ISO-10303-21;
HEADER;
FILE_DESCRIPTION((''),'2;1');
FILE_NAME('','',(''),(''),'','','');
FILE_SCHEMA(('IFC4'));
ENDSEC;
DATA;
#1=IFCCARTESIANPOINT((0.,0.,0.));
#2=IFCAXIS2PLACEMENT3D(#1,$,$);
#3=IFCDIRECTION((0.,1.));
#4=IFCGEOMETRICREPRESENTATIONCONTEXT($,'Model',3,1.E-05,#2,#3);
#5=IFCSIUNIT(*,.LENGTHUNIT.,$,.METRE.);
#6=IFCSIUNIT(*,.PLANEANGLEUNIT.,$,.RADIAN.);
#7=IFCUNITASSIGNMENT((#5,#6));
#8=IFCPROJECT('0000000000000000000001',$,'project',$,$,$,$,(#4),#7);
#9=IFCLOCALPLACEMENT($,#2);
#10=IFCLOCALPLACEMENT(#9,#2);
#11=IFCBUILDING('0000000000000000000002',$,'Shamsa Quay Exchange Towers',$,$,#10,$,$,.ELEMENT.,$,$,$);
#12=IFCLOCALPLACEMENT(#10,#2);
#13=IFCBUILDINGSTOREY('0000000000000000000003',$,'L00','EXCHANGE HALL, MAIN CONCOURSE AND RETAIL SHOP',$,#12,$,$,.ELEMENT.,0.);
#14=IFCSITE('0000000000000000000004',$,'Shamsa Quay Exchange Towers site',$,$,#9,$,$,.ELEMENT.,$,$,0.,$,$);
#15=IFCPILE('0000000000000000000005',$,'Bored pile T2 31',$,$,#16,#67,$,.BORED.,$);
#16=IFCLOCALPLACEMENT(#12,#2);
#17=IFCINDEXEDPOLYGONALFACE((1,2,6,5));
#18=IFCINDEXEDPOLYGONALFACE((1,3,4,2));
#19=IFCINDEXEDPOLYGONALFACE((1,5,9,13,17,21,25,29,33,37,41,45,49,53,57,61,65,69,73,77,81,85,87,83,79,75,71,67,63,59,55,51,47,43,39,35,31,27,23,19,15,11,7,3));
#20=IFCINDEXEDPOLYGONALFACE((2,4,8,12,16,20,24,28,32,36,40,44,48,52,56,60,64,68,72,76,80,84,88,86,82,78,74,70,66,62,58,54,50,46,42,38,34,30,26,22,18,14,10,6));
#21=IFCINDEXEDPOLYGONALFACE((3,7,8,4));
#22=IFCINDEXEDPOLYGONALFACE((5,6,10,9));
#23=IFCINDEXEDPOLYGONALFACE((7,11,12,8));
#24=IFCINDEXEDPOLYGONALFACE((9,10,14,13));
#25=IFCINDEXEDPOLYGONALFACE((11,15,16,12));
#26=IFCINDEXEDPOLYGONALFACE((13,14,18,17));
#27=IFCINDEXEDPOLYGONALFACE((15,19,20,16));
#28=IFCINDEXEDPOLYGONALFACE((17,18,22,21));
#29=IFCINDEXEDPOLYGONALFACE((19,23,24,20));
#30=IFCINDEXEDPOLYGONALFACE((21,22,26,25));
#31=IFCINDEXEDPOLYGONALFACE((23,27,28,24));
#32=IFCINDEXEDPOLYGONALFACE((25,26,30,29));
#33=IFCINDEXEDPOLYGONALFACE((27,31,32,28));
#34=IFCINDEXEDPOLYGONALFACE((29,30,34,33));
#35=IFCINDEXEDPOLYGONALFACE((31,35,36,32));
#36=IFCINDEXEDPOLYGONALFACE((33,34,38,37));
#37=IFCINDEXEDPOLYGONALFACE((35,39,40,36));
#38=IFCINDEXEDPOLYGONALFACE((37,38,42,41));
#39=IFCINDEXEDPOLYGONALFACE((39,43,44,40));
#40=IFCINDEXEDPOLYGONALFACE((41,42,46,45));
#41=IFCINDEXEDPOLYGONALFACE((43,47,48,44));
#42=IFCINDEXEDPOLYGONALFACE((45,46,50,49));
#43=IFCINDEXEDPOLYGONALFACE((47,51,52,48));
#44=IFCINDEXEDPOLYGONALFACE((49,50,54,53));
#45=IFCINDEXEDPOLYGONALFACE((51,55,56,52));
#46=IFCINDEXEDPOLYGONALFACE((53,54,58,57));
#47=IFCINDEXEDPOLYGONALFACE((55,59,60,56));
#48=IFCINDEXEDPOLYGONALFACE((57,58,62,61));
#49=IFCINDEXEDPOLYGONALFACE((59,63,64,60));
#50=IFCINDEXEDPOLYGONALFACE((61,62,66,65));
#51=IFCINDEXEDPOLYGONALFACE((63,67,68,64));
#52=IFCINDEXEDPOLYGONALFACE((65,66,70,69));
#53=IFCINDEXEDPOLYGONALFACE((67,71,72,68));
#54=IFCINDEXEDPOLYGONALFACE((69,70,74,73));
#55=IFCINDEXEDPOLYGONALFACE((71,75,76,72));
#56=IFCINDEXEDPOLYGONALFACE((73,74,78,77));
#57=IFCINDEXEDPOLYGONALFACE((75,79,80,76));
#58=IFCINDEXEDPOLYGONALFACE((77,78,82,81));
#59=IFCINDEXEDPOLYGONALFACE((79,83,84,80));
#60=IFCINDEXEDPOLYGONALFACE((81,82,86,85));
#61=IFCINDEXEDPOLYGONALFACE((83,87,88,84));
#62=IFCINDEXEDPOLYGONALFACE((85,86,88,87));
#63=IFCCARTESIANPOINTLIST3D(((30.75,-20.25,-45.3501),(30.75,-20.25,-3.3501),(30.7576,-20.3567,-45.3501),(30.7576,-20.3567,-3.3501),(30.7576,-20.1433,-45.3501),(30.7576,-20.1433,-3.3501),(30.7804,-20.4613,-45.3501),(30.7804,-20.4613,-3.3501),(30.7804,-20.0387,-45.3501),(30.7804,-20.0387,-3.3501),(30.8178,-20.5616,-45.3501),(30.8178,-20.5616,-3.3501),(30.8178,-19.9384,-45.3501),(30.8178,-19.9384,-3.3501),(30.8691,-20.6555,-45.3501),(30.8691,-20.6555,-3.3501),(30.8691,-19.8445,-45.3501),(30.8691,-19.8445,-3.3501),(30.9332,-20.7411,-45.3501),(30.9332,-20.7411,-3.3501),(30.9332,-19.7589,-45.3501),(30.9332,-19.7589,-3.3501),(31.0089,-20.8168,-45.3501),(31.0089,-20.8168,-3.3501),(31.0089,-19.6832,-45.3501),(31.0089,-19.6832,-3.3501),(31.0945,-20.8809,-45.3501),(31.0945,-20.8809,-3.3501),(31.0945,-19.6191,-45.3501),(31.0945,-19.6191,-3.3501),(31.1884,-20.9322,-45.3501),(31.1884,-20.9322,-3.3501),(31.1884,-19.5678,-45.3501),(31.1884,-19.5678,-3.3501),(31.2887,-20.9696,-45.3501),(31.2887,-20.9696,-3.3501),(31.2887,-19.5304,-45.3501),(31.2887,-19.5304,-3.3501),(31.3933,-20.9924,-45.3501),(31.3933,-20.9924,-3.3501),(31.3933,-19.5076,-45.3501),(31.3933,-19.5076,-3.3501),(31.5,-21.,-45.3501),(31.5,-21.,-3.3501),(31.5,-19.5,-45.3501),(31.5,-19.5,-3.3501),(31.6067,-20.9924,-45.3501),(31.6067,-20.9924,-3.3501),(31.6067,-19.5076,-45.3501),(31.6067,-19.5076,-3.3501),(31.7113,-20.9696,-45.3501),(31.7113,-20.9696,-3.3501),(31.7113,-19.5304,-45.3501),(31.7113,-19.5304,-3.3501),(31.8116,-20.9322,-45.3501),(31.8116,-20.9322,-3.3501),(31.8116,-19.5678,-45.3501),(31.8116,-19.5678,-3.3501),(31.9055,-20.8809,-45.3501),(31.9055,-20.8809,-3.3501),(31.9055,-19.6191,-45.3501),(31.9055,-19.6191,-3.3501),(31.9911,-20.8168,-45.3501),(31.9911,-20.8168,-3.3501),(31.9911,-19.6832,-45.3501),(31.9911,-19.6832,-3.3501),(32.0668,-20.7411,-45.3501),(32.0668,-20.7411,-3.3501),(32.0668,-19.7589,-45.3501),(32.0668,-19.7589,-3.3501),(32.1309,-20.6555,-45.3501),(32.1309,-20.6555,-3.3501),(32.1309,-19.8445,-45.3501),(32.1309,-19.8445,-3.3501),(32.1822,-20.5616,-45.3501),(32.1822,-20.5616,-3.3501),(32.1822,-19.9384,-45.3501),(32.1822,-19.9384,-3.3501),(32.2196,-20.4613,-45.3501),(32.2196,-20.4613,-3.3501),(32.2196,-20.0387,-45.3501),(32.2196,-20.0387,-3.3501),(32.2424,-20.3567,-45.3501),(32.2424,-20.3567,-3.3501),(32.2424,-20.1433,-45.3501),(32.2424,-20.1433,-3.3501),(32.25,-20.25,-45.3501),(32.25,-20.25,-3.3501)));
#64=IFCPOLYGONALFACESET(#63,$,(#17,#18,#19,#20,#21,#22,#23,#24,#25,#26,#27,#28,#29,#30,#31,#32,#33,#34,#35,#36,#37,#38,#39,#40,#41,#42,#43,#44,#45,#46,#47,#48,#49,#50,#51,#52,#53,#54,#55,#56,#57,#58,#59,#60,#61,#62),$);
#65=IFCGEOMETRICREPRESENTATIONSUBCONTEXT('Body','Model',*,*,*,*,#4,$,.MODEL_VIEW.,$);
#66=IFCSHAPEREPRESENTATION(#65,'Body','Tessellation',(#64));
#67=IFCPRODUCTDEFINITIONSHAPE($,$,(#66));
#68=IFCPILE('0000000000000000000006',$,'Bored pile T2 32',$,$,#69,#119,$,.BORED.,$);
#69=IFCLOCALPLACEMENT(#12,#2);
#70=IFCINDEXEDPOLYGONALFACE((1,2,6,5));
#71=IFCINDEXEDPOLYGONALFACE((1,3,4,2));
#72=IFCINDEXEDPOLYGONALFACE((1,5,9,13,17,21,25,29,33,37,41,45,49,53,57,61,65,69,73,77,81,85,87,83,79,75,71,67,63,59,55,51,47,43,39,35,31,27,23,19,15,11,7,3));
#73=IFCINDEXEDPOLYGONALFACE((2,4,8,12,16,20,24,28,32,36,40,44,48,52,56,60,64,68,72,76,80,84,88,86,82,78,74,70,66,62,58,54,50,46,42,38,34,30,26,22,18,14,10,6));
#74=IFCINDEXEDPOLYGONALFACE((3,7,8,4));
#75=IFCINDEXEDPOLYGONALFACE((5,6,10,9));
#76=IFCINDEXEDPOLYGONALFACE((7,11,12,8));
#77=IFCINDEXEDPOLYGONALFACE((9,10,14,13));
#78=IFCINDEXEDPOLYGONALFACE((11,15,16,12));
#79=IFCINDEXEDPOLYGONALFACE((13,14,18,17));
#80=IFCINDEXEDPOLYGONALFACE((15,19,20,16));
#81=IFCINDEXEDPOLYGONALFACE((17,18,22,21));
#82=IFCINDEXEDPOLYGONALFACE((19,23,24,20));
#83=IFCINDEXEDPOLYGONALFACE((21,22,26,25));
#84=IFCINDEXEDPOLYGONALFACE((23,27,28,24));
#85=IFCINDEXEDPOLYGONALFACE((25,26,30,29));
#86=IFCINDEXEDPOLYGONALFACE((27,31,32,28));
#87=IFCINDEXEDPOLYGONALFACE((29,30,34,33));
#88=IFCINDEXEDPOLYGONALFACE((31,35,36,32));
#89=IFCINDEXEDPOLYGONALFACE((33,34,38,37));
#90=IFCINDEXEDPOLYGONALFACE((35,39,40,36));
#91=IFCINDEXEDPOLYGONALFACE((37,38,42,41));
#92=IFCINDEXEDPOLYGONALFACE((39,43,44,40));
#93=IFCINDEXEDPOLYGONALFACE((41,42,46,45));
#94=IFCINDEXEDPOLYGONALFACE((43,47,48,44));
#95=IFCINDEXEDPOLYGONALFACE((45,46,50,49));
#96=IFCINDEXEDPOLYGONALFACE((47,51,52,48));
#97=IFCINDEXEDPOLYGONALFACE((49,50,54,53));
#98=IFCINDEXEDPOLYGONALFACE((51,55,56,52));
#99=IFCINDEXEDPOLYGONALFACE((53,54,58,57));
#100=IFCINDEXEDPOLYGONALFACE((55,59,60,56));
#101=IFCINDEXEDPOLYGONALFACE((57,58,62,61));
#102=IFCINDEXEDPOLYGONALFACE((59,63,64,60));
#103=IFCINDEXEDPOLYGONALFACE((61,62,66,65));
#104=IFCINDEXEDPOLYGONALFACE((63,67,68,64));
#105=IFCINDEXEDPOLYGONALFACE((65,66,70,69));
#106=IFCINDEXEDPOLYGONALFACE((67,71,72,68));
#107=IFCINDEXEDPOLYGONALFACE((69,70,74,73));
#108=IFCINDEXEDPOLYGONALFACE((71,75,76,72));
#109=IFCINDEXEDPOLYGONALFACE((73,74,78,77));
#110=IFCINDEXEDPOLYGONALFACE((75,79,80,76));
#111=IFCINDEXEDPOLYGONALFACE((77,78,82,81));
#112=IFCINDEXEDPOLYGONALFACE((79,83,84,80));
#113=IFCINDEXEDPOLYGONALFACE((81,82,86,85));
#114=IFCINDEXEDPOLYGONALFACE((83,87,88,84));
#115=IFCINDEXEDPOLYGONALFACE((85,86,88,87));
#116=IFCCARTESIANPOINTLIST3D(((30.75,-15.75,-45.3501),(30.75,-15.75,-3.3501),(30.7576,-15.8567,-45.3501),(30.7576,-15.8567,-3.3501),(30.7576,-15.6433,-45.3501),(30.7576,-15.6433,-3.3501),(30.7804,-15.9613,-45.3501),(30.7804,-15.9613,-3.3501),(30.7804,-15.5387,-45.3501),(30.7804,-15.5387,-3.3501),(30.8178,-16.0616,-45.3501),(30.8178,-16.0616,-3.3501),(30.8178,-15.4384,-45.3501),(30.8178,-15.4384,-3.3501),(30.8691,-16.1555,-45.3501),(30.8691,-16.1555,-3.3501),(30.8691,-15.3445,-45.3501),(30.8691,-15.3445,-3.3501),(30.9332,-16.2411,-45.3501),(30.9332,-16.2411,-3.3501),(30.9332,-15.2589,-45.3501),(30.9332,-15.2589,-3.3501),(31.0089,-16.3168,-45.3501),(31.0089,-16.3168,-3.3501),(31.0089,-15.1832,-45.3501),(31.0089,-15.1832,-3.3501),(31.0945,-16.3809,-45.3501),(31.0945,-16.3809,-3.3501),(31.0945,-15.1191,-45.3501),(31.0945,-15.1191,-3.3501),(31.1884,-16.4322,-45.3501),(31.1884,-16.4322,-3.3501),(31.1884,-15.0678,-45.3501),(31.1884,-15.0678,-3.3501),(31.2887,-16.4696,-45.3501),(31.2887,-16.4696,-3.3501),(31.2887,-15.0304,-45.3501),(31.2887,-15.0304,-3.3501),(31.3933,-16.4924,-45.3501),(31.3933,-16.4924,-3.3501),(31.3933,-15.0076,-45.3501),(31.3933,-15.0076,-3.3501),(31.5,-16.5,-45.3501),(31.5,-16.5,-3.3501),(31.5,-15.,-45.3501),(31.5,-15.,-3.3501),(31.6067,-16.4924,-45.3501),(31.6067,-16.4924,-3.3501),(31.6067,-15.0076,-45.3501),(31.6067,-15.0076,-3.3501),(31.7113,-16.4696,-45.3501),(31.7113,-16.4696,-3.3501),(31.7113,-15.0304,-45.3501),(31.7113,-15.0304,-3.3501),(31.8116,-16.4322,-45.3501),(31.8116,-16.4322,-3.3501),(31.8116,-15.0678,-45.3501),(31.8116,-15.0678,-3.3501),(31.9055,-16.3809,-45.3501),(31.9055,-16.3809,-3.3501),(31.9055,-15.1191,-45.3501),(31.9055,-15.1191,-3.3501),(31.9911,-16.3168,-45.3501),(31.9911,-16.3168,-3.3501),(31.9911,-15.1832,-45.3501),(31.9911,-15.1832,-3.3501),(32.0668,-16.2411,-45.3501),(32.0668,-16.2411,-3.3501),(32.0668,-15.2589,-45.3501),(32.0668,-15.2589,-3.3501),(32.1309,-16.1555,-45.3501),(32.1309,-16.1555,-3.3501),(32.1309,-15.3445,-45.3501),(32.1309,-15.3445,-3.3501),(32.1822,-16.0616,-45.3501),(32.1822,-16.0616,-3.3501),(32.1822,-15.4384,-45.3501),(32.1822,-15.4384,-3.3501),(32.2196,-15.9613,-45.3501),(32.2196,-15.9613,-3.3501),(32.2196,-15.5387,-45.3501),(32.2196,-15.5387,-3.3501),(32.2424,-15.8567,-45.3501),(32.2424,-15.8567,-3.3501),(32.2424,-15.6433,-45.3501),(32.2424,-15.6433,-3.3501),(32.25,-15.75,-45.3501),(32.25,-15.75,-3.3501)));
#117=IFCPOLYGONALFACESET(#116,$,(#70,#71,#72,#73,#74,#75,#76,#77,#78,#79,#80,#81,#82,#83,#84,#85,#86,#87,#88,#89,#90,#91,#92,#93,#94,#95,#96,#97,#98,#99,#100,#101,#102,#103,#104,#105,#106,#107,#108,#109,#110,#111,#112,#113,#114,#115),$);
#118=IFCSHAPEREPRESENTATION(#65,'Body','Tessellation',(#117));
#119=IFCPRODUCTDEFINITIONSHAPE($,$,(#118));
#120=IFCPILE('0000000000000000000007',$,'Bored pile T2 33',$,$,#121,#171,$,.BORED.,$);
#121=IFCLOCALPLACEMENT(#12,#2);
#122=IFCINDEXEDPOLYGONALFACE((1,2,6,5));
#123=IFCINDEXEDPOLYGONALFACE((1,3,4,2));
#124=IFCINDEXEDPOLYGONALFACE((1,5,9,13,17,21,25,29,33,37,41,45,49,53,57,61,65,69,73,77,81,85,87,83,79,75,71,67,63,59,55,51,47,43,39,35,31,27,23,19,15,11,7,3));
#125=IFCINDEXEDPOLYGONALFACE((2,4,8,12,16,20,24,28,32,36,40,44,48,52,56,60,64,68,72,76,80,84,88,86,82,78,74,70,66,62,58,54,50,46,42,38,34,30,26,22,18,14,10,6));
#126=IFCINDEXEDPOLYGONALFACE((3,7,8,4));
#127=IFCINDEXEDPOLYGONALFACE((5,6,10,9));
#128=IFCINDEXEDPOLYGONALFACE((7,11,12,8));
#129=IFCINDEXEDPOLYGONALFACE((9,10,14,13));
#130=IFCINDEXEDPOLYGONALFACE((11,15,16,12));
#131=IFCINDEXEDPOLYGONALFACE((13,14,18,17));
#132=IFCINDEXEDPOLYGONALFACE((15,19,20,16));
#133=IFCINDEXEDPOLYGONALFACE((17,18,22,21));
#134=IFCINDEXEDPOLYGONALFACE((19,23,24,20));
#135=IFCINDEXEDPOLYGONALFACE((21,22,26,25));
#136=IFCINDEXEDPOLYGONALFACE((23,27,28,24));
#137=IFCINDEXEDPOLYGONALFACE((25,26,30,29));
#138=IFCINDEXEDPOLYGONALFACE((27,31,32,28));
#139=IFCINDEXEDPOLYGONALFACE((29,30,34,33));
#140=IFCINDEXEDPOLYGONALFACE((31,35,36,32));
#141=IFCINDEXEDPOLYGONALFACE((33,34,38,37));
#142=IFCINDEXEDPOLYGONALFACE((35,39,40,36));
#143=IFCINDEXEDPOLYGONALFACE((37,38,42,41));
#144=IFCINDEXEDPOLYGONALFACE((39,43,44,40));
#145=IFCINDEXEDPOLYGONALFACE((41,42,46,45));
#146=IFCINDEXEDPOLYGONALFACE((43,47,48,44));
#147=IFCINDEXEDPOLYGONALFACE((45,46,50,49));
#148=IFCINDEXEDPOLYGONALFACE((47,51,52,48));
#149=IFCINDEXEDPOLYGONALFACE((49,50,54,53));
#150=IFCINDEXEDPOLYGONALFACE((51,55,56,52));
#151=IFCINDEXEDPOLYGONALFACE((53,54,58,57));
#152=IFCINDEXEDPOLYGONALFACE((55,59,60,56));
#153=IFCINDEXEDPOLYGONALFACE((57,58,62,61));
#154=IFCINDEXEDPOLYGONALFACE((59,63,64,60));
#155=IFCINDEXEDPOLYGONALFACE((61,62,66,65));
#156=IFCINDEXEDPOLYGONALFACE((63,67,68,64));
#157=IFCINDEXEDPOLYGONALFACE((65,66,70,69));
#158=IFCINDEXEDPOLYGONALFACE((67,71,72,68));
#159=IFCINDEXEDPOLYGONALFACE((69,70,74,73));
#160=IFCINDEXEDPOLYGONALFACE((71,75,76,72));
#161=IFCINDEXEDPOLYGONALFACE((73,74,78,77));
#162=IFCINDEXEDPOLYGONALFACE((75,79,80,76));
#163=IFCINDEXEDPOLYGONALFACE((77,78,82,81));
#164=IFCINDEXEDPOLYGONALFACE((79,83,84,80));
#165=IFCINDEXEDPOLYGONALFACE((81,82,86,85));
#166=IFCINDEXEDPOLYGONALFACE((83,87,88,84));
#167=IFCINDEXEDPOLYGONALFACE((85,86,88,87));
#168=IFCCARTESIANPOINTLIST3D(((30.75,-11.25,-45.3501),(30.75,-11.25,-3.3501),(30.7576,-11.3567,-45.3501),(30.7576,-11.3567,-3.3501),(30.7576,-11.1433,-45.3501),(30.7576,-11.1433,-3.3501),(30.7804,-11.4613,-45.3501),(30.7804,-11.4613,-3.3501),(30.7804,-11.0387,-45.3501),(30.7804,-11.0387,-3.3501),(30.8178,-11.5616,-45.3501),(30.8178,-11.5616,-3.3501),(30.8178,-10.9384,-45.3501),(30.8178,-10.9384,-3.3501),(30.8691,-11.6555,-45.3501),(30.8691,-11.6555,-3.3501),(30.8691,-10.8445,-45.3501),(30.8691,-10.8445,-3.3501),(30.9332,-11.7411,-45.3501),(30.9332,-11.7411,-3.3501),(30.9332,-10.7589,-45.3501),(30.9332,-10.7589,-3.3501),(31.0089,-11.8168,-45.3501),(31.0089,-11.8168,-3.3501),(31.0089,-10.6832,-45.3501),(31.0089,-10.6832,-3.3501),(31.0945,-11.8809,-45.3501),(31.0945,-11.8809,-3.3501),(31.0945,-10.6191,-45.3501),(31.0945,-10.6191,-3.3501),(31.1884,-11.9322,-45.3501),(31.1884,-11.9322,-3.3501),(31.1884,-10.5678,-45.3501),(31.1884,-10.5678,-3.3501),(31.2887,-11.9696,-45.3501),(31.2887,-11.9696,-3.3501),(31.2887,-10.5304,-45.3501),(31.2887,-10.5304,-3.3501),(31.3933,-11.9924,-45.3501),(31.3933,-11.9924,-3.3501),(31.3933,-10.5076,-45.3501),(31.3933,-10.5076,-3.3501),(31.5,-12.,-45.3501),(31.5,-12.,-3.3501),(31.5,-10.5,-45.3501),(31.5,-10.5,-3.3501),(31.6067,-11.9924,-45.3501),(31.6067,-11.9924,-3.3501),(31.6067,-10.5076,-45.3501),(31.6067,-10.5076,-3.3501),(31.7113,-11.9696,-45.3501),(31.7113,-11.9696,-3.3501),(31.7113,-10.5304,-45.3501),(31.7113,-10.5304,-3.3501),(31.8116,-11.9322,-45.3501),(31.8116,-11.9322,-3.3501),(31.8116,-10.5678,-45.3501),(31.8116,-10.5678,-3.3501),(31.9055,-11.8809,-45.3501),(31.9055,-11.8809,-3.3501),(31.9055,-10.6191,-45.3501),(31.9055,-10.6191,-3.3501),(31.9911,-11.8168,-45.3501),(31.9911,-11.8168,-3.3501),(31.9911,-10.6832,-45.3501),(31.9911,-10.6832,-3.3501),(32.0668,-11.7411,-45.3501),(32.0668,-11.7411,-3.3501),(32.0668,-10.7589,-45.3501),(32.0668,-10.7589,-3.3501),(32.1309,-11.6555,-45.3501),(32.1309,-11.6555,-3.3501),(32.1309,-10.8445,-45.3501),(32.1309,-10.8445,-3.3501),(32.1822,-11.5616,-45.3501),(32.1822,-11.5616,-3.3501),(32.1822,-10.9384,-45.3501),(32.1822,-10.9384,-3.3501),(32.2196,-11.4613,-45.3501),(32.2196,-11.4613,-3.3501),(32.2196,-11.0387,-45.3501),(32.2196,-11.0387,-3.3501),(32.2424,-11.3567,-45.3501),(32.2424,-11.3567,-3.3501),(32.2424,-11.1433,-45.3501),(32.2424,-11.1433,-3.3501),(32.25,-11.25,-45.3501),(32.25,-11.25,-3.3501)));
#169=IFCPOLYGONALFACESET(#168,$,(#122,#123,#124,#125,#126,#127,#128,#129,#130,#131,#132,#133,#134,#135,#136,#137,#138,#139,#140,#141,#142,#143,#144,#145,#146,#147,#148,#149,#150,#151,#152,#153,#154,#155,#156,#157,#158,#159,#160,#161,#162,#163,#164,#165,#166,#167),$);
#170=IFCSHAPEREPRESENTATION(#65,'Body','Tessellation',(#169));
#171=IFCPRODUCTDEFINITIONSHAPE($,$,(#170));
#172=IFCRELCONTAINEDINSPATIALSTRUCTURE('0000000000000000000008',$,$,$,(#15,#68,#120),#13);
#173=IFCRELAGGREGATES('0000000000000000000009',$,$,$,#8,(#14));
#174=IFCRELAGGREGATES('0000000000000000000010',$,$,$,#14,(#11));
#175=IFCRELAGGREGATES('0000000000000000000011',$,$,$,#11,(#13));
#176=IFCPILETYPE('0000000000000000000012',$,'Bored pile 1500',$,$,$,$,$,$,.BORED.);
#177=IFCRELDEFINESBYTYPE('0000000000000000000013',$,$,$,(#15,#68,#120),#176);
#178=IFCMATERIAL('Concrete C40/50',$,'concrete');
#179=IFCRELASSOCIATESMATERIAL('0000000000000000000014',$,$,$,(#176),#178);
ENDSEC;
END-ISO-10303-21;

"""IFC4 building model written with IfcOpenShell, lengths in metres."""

from ifc_helpers import new_model, si_unit, direction, frame, origin, origin_2d, place, context, subcontext, project, spatial, circle, extrude, material, material_profile, profile_set, type_object, element, save


model = new_model("IFC4")

# Units and contexts
model_context = context("Model", 3, precision=1e-05, world=origin(), true_north=direction((0.0, 1.0)))
body_context = subcontext(model_context, "Body", "Model", "MODEL_VIEW")
ifc_project = project(units=[si_unit("LENGTHUNIT", "METRE"), si_unit("PLANEANGLEUNIT", "RADIAN")], contexts=[model_context])

# Site, building, storey
site_placement = place(None, origin())
site = spatial("IfcSite", under=ifc_project, at=site_placement, Name="Shamsa Quay Exchange Towers site", CompositionType="ELEMENT", RefElevation=0.0)
building_placement = place(site_placement, origin())
building = spatial("IfcBuilding", under=site, at=building_placement, Name="Shamsa Quay Exchange Towers", CompositionType="ELEMENT")
storey_placement = place(building_placement, origin())
storey = spatial("IfcBuildingStorey", under=building, at=storey_placement, Name="L00", Description="EXCHANGE HALL, MAIN CONCOURSE AND RETAIL SHOP", CompositionType="ELEMENT", Elevation=0.0)

# Piles
ifc_material_1 = material(Name="Concrete C40/50", Category="concrete")
ifc_material_profile_1 = material_profile(ifc_material_1, circle(Radius=0.75, at=origin_2d()), Name="BP1500")
ifc_profile_set_1 = profile_set([ifc_material_profile_1], Name="Concrete C40/50")
pile_type_1 = type_object("IfcPileType", Name="Bored pile 1500", PredefinedType="BORED", material=ifc_profile_set_1)
for number, where, z_axis, x_axis, name in (
    (1, (31.5, -20.25, -3.3501), (0.0, 0.0, -1.0), (1.0, 0.0, 0.0), "Bored pile T2 31"),
    (2, (31.5, -15.75, -3.3501), (0.0, 0.0, -1.0), (1.0, 0.0, 0.0), "Bored pile T2 32"),
    (3, (31.5, -11.25, -3.3501), (0.0, 0.0, -1.0), (1.0, 0.0, 0.0), "Bored pile T2 33"),
):
    element("IfcPile", number, at=place(storey_placement, frame(where, z_axis=z_axis, x_axis=x_axis)), inside=storey, type_object=pile_type_1, Name=name, PredefinedType="BORED", context=body_context, shape_type="SweptSolid", body=[
        extrude(circle(Radius=0.75, at=origin_2d()), origin(), (0.0, 0.0, 1.0), 42.0),
    ])

save(model, "model.ifc")
